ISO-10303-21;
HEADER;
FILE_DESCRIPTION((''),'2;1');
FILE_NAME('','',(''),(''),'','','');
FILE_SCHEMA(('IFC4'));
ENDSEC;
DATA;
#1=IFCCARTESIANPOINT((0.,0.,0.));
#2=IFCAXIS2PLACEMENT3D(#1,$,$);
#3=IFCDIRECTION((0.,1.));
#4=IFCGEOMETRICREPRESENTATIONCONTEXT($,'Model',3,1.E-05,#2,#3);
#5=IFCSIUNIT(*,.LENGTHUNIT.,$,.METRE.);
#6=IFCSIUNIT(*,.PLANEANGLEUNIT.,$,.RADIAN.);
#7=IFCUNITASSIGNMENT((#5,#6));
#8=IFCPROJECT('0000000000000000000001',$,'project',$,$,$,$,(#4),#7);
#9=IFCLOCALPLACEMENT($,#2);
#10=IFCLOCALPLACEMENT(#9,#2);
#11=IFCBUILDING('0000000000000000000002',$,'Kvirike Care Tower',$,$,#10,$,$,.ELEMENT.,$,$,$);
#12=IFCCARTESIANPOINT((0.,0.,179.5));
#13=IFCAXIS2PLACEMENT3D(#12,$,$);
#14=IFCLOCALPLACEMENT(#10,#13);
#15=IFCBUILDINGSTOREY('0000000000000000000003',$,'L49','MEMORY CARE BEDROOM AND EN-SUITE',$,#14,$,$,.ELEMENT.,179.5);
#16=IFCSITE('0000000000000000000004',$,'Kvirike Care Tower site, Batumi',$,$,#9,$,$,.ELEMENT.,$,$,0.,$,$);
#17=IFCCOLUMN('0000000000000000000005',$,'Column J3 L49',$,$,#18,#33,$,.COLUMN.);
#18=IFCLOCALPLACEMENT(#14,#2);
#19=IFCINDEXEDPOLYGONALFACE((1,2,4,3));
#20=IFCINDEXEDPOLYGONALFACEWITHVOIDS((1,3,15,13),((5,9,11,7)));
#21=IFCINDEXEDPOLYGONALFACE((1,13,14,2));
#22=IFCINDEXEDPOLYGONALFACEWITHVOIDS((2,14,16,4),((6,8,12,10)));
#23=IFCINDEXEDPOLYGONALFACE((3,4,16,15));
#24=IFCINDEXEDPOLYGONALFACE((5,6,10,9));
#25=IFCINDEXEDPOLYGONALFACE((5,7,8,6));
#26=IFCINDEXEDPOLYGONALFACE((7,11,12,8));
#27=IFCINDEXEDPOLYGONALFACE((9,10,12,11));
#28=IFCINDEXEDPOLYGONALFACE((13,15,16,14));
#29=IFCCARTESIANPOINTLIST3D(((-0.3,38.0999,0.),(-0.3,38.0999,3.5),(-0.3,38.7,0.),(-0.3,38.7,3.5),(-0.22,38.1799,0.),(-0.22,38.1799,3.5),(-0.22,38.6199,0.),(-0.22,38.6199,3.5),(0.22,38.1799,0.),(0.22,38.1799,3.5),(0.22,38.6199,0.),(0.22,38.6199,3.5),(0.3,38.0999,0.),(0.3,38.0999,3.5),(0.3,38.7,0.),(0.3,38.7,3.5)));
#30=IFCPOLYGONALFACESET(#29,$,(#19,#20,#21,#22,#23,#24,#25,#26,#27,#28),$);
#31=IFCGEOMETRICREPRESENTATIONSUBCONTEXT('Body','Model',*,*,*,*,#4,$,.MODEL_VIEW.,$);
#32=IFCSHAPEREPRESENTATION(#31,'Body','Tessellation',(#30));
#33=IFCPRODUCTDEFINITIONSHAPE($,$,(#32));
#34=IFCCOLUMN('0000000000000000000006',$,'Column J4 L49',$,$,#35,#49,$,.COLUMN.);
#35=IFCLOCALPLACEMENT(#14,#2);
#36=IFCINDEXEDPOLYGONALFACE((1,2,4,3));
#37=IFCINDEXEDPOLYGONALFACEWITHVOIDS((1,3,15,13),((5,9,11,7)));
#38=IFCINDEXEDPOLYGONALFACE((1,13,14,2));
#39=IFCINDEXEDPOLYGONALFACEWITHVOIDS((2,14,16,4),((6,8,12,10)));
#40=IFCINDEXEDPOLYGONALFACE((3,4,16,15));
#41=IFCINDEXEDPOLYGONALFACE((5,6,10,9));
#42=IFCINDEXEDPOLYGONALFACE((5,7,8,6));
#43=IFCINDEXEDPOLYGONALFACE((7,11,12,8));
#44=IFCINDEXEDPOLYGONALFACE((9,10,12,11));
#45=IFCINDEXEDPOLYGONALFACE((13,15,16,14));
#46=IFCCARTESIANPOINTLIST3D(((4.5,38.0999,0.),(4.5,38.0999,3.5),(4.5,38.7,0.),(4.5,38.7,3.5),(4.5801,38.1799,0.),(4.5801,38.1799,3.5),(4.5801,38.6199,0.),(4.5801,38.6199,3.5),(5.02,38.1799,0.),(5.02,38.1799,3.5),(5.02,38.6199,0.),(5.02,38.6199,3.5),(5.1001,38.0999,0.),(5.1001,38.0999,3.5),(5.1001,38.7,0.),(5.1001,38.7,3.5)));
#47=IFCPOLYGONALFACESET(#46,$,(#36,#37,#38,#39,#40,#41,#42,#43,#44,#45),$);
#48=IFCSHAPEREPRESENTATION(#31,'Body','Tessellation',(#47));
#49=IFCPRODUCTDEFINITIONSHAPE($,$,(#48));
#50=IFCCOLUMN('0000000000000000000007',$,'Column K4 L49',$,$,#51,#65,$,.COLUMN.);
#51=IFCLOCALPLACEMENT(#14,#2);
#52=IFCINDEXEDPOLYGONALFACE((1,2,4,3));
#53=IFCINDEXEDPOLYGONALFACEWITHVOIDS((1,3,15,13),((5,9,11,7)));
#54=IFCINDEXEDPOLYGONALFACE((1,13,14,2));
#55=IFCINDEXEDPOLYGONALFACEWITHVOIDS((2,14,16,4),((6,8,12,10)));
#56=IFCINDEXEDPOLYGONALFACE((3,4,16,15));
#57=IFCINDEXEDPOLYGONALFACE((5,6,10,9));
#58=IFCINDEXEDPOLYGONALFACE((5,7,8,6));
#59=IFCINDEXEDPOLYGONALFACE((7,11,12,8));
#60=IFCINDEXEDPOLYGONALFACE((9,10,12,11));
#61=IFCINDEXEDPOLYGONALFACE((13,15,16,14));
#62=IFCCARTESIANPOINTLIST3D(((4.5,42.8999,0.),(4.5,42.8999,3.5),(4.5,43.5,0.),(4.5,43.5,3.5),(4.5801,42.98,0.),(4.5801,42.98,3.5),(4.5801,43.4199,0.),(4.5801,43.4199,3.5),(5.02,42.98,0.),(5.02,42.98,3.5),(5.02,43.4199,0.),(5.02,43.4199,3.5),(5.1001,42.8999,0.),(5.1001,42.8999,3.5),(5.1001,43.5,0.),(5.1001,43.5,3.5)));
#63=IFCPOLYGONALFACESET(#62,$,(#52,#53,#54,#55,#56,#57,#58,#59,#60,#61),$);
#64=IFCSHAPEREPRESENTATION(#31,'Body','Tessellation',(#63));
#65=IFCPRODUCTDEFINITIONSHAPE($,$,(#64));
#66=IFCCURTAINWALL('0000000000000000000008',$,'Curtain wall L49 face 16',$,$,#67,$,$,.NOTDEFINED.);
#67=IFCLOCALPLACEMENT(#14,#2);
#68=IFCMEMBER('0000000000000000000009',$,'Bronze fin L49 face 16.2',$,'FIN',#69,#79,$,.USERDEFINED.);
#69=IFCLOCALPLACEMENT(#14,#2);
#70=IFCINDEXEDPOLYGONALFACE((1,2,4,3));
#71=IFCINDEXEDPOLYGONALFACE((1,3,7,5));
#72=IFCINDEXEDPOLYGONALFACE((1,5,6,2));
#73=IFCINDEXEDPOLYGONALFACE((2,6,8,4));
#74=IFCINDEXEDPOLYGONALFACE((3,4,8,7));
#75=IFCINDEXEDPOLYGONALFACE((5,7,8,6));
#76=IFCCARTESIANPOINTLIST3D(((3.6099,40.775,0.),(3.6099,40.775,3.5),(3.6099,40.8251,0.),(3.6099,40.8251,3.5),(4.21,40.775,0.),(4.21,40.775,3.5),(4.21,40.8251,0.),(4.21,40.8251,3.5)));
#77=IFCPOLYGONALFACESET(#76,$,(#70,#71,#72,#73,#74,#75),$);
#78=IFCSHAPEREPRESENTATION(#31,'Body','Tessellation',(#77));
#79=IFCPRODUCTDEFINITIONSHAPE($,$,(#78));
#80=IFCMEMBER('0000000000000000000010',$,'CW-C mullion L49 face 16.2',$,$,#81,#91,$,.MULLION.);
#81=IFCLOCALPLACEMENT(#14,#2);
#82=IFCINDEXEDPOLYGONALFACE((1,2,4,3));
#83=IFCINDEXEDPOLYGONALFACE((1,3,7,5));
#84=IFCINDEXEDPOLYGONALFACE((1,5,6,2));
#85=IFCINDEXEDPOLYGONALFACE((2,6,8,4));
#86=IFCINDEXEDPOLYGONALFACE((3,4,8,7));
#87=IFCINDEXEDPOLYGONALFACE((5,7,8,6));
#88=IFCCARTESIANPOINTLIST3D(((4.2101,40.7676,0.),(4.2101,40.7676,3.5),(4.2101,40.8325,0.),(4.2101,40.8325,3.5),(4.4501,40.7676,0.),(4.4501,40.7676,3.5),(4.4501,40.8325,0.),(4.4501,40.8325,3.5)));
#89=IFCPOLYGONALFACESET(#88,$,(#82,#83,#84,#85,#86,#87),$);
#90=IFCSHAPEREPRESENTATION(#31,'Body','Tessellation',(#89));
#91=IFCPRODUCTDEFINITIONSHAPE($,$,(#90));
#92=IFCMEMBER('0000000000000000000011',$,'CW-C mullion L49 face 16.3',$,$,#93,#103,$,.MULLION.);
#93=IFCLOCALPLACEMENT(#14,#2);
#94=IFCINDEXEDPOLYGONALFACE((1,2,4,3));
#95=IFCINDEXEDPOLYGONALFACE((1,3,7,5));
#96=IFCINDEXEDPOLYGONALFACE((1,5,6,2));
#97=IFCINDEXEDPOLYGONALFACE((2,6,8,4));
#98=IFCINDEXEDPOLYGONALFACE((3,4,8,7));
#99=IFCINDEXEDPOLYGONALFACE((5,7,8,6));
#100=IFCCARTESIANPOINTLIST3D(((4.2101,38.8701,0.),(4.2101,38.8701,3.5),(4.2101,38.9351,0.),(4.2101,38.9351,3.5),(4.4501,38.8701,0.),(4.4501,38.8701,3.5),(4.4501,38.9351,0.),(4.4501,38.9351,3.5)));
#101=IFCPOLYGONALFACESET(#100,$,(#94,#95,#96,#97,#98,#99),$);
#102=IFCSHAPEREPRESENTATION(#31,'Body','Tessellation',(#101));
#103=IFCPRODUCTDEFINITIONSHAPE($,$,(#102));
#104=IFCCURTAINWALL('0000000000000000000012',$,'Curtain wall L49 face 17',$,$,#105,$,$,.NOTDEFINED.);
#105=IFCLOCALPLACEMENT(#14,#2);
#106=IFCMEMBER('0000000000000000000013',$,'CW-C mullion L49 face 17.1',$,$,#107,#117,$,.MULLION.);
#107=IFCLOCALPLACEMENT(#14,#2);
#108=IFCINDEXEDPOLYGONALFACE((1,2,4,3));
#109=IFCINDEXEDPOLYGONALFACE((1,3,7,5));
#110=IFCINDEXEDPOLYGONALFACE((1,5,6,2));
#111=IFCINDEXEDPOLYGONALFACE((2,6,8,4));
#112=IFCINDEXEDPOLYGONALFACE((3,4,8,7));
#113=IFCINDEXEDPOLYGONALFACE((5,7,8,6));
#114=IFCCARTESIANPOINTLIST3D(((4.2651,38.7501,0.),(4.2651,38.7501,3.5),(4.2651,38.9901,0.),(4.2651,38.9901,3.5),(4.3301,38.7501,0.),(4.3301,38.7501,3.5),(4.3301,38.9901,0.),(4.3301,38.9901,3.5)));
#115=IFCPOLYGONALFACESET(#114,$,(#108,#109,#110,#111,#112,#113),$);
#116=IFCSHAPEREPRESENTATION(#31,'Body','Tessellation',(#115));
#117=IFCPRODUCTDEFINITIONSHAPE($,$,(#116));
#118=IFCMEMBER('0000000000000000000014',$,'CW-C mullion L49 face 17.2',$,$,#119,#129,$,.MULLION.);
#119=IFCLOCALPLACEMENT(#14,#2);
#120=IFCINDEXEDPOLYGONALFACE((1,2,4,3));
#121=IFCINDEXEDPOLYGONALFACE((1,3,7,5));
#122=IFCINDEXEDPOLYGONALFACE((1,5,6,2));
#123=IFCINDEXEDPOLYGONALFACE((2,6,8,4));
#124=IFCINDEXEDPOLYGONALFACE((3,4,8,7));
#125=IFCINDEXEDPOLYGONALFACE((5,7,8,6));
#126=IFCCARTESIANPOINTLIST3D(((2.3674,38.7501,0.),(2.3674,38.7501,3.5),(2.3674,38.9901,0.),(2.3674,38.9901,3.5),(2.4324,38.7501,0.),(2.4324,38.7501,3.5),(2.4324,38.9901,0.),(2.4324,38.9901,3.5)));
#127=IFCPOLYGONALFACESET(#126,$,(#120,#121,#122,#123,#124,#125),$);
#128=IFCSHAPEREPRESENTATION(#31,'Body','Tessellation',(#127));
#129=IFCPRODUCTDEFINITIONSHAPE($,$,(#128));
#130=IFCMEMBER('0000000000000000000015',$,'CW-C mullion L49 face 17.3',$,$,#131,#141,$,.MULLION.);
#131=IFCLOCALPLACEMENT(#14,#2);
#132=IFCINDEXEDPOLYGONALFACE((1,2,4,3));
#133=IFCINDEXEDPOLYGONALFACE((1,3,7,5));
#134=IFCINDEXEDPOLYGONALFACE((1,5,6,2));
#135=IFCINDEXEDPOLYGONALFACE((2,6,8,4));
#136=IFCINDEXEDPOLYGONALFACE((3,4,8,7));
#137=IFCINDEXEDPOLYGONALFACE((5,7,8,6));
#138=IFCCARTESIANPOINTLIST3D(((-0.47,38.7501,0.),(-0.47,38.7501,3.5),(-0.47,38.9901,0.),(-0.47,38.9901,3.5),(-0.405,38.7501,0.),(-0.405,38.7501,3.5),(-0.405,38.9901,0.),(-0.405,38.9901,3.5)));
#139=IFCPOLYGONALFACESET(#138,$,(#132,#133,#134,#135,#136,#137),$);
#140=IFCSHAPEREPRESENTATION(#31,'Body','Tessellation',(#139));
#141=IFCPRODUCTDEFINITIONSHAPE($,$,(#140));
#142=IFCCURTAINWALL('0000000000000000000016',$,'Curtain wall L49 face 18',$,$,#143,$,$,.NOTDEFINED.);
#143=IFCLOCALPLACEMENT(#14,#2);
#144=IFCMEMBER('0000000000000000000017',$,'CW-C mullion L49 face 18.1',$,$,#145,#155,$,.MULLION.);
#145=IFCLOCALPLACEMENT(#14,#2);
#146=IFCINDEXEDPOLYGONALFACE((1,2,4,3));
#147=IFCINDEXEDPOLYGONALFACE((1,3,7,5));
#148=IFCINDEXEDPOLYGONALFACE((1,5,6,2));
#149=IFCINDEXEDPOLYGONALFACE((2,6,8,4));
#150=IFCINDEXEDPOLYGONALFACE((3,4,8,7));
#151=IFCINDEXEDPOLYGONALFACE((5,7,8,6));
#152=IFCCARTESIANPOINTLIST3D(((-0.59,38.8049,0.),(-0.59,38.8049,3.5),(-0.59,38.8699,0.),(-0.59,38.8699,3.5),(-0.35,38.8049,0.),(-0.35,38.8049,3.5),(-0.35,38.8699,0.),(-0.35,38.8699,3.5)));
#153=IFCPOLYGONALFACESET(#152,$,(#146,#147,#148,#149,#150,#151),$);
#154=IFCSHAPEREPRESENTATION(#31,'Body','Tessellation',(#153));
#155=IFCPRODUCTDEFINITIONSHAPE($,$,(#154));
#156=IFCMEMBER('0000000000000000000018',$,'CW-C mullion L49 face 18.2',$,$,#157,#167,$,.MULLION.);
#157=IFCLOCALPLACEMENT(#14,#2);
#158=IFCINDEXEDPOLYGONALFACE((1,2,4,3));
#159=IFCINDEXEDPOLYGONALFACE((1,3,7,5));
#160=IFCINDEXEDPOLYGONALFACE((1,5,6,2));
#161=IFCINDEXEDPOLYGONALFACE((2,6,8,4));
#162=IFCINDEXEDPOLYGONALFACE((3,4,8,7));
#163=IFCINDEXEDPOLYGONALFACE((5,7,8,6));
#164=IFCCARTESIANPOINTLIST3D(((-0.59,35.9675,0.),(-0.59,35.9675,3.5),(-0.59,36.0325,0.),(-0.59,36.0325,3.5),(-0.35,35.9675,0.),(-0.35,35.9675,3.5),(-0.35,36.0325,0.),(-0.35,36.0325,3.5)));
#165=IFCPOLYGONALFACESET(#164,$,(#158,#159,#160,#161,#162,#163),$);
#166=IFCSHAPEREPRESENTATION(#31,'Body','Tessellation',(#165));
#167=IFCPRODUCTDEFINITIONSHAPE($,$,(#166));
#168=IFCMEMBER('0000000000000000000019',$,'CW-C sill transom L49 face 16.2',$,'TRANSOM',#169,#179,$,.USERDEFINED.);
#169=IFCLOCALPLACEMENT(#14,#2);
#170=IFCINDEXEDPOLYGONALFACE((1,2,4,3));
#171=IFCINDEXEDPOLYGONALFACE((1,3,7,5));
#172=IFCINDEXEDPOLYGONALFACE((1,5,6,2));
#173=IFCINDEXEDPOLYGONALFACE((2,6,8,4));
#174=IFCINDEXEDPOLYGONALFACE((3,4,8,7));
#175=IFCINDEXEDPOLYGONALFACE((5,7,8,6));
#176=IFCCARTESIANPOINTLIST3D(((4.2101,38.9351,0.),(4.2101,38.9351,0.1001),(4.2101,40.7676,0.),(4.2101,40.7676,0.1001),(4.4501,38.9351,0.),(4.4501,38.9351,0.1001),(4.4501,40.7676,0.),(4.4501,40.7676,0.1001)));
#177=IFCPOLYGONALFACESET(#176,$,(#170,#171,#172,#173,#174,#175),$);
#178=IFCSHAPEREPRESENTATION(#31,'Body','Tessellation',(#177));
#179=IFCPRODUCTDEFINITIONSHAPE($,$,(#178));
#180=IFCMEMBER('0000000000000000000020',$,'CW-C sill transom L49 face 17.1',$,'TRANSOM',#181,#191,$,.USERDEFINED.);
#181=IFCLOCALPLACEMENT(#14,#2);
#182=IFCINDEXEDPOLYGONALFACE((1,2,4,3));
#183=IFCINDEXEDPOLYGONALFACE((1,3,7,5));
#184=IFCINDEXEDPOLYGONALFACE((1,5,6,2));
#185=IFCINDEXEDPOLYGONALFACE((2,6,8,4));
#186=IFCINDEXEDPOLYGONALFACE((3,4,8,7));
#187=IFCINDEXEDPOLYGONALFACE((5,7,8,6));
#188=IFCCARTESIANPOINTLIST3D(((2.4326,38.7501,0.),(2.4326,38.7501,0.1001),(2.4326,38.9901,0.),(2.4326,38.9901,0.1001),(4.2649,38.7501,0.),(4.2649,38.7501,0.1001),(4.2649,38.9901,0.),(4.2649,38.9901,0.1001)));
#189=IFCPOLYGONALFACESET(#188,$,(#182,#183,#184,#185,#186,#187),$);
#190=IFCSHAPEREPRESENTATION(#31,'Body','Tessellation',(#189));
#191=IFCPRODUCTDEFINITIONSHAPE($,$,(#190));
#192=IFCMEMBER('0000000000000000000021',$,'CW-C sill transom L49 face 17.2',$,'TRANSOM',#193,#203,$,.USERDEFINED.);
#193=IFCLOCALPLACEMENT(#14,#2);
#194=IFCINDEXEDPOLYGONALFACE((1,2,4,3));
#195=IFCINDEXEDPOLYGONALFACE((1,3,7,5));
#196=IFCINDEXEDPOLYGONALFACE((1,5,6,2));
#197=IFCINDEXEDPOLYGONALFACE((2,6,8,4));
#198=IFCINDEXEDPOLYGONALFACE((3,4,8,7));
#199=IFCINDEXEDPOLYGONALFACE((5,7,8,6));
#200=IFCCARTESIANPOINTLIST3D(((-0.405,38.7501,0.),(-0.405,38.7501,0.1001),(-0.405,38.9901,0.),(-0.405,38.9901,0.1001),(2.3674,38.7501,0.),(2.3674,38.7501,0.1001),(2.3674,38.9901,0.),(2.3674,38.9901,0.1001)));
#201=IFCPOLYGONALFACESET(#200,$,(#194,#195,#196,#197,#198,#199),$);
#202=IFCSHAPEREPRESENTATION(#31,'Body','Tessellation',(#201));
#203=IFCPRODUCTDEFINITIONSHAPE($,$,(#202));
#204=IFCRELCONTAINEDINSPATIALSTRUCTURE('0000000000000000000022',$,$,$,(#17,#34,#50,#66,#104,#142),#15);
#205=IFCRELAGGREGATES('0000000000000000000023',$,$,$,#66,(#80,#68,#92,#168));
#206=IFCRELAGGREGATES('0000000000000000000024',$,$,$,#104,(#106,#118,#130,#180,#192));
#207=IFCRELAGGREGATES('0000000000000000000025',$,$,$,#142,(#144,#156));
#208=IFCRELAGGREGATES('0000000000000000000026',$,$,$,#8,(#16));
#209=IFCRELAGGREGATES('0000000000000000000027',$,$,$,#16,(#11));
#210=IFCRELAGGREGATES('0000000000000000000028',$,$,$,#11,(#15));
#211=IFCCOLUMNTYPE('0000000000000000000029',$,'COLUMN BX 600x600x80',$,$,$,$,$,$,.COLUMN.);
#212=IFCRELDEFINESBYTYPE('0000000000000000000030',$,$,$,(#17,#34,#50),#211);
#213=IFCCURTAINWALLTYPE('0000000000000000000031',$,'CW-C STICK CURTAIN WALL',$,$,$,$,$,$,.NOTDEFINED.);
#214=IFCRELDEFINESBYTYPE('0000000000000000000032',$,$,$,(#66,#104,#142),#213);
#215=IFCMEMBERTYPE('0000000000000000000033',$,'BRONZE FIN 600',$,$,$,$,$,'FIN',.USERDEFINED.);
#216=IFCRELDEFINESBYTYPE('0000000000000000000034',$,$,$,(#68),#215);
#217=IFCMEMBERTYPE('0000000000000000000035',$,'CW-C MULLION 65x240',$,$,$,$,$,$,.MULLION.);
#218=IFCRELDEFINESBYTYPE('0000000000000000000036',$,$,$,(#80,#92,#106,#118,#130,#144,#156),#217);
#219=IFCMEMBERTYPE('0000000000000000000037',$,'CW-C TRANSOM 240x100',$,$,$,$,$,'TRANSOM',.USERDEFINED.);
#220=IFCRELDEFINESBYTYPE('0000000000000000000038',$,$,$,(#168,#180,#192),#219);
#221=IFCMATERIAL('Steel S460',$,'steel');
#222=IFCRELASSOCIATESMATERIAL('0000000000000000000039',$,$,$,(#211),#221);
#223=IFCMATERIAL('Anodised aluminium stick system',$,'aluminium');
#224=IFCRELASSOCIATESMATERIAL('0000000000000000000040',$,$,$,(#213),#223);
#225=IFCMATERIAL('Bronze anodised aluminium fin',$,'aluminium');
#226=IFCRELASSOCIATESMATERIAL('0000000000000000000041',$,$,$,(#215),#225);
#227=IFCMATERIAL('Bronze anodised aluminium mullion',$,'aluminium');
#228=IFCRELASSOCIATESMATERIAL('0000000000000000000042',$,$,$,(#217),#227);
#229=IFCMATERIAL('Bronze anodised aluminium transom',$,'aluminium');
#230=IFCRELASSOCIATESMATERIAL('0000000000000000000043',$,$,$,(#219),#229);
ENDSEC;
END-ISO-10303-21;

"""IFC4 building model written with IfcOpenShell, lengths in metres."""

from ifc_helpers import new_model, si_unit, direction, frame, origin, origin_2d, place, context, subcontext, project, spatial, rectangle, hollow_rectangle, extrude, material, material_profile, profile_set, type_object, element, aggregate, save


model = new_model("IFC4")

# Units and contexts
model_context = context("Model", 3, precision=1e-05, world=origin(), true_north=direction((0.0, 1.0)))
body_context = subcontext(model_context, "Body", "Model", "MODEL_VIEW")
ifc_project = project(units=[si_unit("LENGTHUNIT", "METRE"), si_unit("PLANEANGLEUNIT", "RADIAN")], contexts=[model_context])

# Site, building, storey
site_placement = place(None, origin())
site = spatial("IfcSite", under=ifc_project, at=site_placement, Name="Kvirike Care Tower site, Batumi", CompositionType="ELEMENT", RefElevation=0.0)
building_placement = place(site_placement, origin())
building = spatial("IfcBuilding", under=site, at=building_placement, Name="Kvirike Care Tower", CompositionType="ELEMENT")
storey_placement = place(building_placement, frame((0.0, 0.0, 179.5)))
storey = spatial("IfcBuildingStorey", under=building, at=storey_placement, Name="L49", Description="MEMORY CARE BEDROOM AND EN-SUITE", CompositionType="ELEMENT", Elevation=179.5)

# Columns
ifc_material_1 = material(Name="Steel S460", Category="steel")
ifc_material_profile_1 = material_profile(ifc_material_1, hollow_rectangle(XDim=0.6001, YDim=0.6001, WallThickness=0.0801, at=origin_2d()), Name="BX 600x600x80")
ifc_profile_set_1 = profile_set([ifc_material_profile_1], Name="Steel S460")
column_type = type_object("IfcColumnType", Name="COLUMN BX 600x600x80", PredefinedType="COLUMN", material=ifc_profile_set_1)
for number, where, z_axis, x_axis, name in (
    (1, (0.0, 38.3999, 0.0), (0.0, 0.0, 1.0), (0.0, 1.0, 0.0), "Column J3 L49"),
    (2, (4.8, 38.3999, 0.0), (0.0, 0.0, 1.0), (0.0, 1.0, 0.0), "Column J4 L49"),
    (3, (4.8, 43.2, 0.0), (0.0, 0.0, 1.0), (0.0, 1.0, 0.0), "Column K4 L49"),
):
    element("IfcColumn", number, at=place(storey_placement, frame(where, z_axis=z_axis, x_axis=x_axis)), inside=storey, type_object=column_type, Name=name, PredefinedType="COLUMN", context=body_context, shape_type="SweptSolid", body=[
        extrude(hollow_rectangle(XDim=0.6001, YDim=0.6001, WallThickness=0.0801, at=origin_2d()), origin(), (0.0, 0.0, 1.0), 3.5),
    ])

# Curtain walls, members
ifc_material_2 = material(Name="Anodised aluminium stick system", Category="aluminium")
curtain_wall_type = type_object("IfcCurtainWallType", Name="CW-C STICK CURTAIN WALL", PredefinedType="NOTDEFINED", material=ifc_material_2)
curtain_wall_1_placement = place(storey_placement, origin())
curtain_wall_1 = element("IfcCurtainWall", 4, at=curtain_wall_1_placement, inside=storey, type_object=curtain_wall_type, Name="Curtain wall L49 face 16", PredefinedType="NOTDEFINED")
ifc_material_3 = material(Name="Bronze anodised aluminium fin", Category="aluminium")
ifc_material_profile_2 = material_profile(ifc_material_3, rectangle(XDim=0.05, YDim=0.6001, at=origin_2d()), Name="BRONZE FIN 600")
ifc_profile_set_2 = profile_set([ifc_material_profile_2], Name="Bronze anodised aluminium fin")
member_type_1 = type_object("IfcMemberType", Name="BRONZE FIN 600", ElementType="FIN", PredefinedType="USERDEFINED", material=ifc_profile_set_2)
member_1_placement = place(storey_placement, frame((3.9099, 40.8, 0.0), z_axis=(0.0, 0.0, 1.0), x_axis=(0.0, -1.0, 0.0)))
member_1 = element("IfcMember", 5, at=member_1_placement, type_object=member_type_1, Name="Bronze fin L49 face 16.2", ObjectType="FIN", PredefinedType="USERDEFINED", context=body_context, shape_type="SweptSolid", body=[
    extrude(rectangle(XDim=0.05, YDim=0.6001, at=origin_2d()), origin(), (0.0, 0.0, 1.0), 3.5),
])
ifc_material_4 = material(Name="Bronze anodised aluminium mullion", Category="aluminium")
ifc_material_profile_3 = material_profile(ifc_material_4, rectangle(XDim=0.0649, YDim=0.24, at=origin_2d()), Name="CW-C MULLION 65x240")
ifc_profile_set_3 = profile_set([ifc_material_profile_3], Name="Bronze anodised aluminium mullion")
member_type_2 = type_object("IfcMemberType", Name="CW-C MULLION 65x240", PredefinedType="MULLION", material=ifc_profile_set_3)
member_2_placement = place(storey_placement, frame((4.3301, 40.8, 0.0), z_axis=(0.0, 0.0, 1.0), x_axis=(0.0, -1.0, 0.0)))
member_2 = element("IfcMember", 6, at=member_2_placement, type_object=member_type_2, Name="CW-C mullion L49 face 16.2", PredefinedType="MULLION", context=body_context, shape_type="SweptSolid", body=[
    extrude(rectangle(XDim=0.0649, YDim=0.24, at=origin_2d()), origin(), (0.0, 0.0, 1.0), 3.5),
])
member_3_placement = place(storey_placement, frame((4.3301, 38.9026, 0.0), z_axis=(0.0, 0.0, 1.0), x_axis=(0.0, -1.0, 0.0)))
member_3 = element("IfcMember", 7, at=member_3_placement, type_object=member_type_2, Name="CW-C mullion L49 face 16.3", PredefinedType="MULLION", context=body_context, shape_type="SweptSolid", body=[
    extrude(rectangle(XDim=0.0649, YDim=0.24, at=origin_2d()), origin(), (0.0, 0.0, 1.0), 3.5),
])
curtain_wall_2_placement = place(storey_placement, origin())
curtain_wall_2 = element("IfcCurtainWall", 8, at=curtain_wall_2_placement, inside=storey, type_object=curtain_wall_type, Name="Curtain wall L49 face 17", PredefinedType="NOTDEFINED")
member_4_placement = place(storey_placement, frame((4.2976, 38.8701, 0.0), z_axis=(0.0, 0.0, 1.0), x_axis=(-1.0, 0.0, 0.0)))
member_4 = element("IfcMember", 9, at=member_4_placement, type_object=member_type_2, Name="CW-C mullion L49 face 17.1", PredefinedType="MULLION", context=body_context, shape_type="SweptSolid", body=[
    extrude(rectangle(XDim=0.0649, YDim=0.24, at=origin_2d()), origin(), (0.0, 0.0, 1.0), 3.5),
])
member_5_placement = place(storey_placement, frame((2.3999, 38.8701, 0.0), z_axis=(0.0, 0.0, 1.0), x_axis=(-1.0, 0.0, 0.0)))
member_5 = element("IfcMember", 10, at=member_5_placement, type_object=member_type_2, Name="CW-C mullion L49 face 17.2", PredefinedType="MULLION", context=body_context, shape_type="SweptSolid", body=[
    extrude(rectangle(XDim=0.0649, YDim=0.24, at=origin_2d()), origin(), (0.0, 0.0, 1.0), 3.5),
])
member_6_placement = place(storey_placement, frame((-0.4375, 38.8701, 0.0), z_axis=(0.0, 0.0, 1.0), x_axis=(-1.0, 0.0, 0.0)))
member_6 = element("IfcMember", 11, at=member_6_placement, type_object=member_type_2, Name="CW-C mullion L49 face 17.3", PredefinedType="MULLION", context=body_context, shape_type="SweptSolid", body=[
    extrude(rectangle(XDim=0.0649, YDim=0.24, at=origin_2d()), origin(), (0.0, 0.0, 1.0), 3.5),
])
curtain_wall_3_placement = place(storey_placement, origin())
curtain_wall_3 = element("IfcCurtainWall", 12, at=curtain_wall_3_placement, inside=storey, type_object=curtain_wall_type, Name="Curtain wall L49 face 18", PredefinedType="NOTDEFINED")
member_7_placement = place(storey_placement, frame((-0.47, 38.8374, 0.0), z_axis=(0.0, 0.0, 1.0), x_axis=(0.0, -1.0, 0.0)))
member_7 = element("IfcMember", 13, at=member_7_placement, type_object=member_type_2, Name="CW-C mullion L49 face 18.1", PredefinedType="MULLION", context=body_context, shape_type="SweptSolid", body=[
    extrude(rectangle(XDim=0.0649, YDim=0.24, at=origin_2d()), origin(), (0.0, 0.0, 1.0), 3.5),
])
member_8_placement = place(storey_placement, frame((-0.47, 36.0, 0.0), z_axis=(0.0, 0.0, 1.0), x_axis=(0.0, -1.0, 0.0)))
member_8 = element("IfcMember", 14, at=member_8_placement, type_object=member_type_2, Name="CW-C mullion L49 face 18.2", PredefinedType="MULLION", context=body_context, shape_type="SweptSolid", body=[
    extrude(rectangle(XDim=0.0649, YDim=0.24, at=origin_2d()), origin(), (0.0, 0.0, 1.0), 3.5),
])

# Members
ifc_material_5 = material(Name="Bronze anodised aluminium transom", Category="aluminium")
ifc_material_profile_4 = material_profile(ifc_material_5, rectangle(XDim=0.24, YDim=0.1001, at=origin_2d()), Name="CW-C TRANSOM 240x100")
ifc_profile_set_4 = profile_set([ifc_material_profile_4], Name="Bronze anodised aluminium transom")
member_type_3 = type_object("IfcMemberType", Name="CW-C TRANSOM 240x100", ElementType="TRANSOM", PredefinedType="USERDEFINED", material=ifc_profile_set_4)
member_9_placement = place(storey_placement, frame((4.3301, 40.7676, 0.05), z_axis=(0.0, -1.0, 0.0), x_axis=(1.0, 0.0, 0.0)))
member_9 = element("IfcMember", 15, at=member_9_placement, type_object=member_type_3, Name="CW-C sill transom L49 face 16.2", ObjectType="TRANSOM", PredefinedType="USERDEFINED", context=body_context, shape_type="SweptSolid", body=[
    extrude(rectangle(XDim=0.24, YDim=0.1001, at=origin_2d()), origin(), (0.0, 0.0, 1.0), 1.8325),
])
member_10_placement = place(storey_placement, frame((4.2649, 38.8701, 0.05), z_axis=(-1.0, 0.0, 0.0), x_axis=(0.0, -1.0, 0.0)))
member_10 = element("IfcMember", 16, at=member_10_placement, type_object=member_type_3, Name="CW-C sill transom L49 face 17.1", ObjectType="TRANSOM", PredefinedType="USERDEFINED", context=body_context, shape_type="SweptSolid", body=[
    extrude(rectangle(XDim=0.24, YDim=0.1001, at=origin_2d()), origin(), (0.0, 0.0, 1.0), 1.8323),
])
member_11_placement = place(storey_placement, frame((2.3674, 38.8701, 0.05), z_axis=(-1.0, 0.0, 0.0), x_axis=(0.0, -1.0, 0.0)))
member_11 = element("IfcMember", 17, at=member_11_placement, type_object=member_type_3, Name="CW-C sill transom L49 face 17.2", ObjectType="TRANSOM", PredefinedType="USERDEFINED", context=body_context, shape_type="SweptSolid", body=[
    extrude(rectangle(XDim=0.24, YDim=0.1001, at=origin_2d()), origin(), (0.0, 0.0, 1.0), 2.7725),
])

aggregate(curtain_wall_1, [member_2, member_1, member_3, member_9])
aggregate(curtain_wall_2, [member_4, member_5, member_6, member_10, member_11])
aggregate(curtain_wall_3, [member_7, member_8])

save(model, "model.ifc")
